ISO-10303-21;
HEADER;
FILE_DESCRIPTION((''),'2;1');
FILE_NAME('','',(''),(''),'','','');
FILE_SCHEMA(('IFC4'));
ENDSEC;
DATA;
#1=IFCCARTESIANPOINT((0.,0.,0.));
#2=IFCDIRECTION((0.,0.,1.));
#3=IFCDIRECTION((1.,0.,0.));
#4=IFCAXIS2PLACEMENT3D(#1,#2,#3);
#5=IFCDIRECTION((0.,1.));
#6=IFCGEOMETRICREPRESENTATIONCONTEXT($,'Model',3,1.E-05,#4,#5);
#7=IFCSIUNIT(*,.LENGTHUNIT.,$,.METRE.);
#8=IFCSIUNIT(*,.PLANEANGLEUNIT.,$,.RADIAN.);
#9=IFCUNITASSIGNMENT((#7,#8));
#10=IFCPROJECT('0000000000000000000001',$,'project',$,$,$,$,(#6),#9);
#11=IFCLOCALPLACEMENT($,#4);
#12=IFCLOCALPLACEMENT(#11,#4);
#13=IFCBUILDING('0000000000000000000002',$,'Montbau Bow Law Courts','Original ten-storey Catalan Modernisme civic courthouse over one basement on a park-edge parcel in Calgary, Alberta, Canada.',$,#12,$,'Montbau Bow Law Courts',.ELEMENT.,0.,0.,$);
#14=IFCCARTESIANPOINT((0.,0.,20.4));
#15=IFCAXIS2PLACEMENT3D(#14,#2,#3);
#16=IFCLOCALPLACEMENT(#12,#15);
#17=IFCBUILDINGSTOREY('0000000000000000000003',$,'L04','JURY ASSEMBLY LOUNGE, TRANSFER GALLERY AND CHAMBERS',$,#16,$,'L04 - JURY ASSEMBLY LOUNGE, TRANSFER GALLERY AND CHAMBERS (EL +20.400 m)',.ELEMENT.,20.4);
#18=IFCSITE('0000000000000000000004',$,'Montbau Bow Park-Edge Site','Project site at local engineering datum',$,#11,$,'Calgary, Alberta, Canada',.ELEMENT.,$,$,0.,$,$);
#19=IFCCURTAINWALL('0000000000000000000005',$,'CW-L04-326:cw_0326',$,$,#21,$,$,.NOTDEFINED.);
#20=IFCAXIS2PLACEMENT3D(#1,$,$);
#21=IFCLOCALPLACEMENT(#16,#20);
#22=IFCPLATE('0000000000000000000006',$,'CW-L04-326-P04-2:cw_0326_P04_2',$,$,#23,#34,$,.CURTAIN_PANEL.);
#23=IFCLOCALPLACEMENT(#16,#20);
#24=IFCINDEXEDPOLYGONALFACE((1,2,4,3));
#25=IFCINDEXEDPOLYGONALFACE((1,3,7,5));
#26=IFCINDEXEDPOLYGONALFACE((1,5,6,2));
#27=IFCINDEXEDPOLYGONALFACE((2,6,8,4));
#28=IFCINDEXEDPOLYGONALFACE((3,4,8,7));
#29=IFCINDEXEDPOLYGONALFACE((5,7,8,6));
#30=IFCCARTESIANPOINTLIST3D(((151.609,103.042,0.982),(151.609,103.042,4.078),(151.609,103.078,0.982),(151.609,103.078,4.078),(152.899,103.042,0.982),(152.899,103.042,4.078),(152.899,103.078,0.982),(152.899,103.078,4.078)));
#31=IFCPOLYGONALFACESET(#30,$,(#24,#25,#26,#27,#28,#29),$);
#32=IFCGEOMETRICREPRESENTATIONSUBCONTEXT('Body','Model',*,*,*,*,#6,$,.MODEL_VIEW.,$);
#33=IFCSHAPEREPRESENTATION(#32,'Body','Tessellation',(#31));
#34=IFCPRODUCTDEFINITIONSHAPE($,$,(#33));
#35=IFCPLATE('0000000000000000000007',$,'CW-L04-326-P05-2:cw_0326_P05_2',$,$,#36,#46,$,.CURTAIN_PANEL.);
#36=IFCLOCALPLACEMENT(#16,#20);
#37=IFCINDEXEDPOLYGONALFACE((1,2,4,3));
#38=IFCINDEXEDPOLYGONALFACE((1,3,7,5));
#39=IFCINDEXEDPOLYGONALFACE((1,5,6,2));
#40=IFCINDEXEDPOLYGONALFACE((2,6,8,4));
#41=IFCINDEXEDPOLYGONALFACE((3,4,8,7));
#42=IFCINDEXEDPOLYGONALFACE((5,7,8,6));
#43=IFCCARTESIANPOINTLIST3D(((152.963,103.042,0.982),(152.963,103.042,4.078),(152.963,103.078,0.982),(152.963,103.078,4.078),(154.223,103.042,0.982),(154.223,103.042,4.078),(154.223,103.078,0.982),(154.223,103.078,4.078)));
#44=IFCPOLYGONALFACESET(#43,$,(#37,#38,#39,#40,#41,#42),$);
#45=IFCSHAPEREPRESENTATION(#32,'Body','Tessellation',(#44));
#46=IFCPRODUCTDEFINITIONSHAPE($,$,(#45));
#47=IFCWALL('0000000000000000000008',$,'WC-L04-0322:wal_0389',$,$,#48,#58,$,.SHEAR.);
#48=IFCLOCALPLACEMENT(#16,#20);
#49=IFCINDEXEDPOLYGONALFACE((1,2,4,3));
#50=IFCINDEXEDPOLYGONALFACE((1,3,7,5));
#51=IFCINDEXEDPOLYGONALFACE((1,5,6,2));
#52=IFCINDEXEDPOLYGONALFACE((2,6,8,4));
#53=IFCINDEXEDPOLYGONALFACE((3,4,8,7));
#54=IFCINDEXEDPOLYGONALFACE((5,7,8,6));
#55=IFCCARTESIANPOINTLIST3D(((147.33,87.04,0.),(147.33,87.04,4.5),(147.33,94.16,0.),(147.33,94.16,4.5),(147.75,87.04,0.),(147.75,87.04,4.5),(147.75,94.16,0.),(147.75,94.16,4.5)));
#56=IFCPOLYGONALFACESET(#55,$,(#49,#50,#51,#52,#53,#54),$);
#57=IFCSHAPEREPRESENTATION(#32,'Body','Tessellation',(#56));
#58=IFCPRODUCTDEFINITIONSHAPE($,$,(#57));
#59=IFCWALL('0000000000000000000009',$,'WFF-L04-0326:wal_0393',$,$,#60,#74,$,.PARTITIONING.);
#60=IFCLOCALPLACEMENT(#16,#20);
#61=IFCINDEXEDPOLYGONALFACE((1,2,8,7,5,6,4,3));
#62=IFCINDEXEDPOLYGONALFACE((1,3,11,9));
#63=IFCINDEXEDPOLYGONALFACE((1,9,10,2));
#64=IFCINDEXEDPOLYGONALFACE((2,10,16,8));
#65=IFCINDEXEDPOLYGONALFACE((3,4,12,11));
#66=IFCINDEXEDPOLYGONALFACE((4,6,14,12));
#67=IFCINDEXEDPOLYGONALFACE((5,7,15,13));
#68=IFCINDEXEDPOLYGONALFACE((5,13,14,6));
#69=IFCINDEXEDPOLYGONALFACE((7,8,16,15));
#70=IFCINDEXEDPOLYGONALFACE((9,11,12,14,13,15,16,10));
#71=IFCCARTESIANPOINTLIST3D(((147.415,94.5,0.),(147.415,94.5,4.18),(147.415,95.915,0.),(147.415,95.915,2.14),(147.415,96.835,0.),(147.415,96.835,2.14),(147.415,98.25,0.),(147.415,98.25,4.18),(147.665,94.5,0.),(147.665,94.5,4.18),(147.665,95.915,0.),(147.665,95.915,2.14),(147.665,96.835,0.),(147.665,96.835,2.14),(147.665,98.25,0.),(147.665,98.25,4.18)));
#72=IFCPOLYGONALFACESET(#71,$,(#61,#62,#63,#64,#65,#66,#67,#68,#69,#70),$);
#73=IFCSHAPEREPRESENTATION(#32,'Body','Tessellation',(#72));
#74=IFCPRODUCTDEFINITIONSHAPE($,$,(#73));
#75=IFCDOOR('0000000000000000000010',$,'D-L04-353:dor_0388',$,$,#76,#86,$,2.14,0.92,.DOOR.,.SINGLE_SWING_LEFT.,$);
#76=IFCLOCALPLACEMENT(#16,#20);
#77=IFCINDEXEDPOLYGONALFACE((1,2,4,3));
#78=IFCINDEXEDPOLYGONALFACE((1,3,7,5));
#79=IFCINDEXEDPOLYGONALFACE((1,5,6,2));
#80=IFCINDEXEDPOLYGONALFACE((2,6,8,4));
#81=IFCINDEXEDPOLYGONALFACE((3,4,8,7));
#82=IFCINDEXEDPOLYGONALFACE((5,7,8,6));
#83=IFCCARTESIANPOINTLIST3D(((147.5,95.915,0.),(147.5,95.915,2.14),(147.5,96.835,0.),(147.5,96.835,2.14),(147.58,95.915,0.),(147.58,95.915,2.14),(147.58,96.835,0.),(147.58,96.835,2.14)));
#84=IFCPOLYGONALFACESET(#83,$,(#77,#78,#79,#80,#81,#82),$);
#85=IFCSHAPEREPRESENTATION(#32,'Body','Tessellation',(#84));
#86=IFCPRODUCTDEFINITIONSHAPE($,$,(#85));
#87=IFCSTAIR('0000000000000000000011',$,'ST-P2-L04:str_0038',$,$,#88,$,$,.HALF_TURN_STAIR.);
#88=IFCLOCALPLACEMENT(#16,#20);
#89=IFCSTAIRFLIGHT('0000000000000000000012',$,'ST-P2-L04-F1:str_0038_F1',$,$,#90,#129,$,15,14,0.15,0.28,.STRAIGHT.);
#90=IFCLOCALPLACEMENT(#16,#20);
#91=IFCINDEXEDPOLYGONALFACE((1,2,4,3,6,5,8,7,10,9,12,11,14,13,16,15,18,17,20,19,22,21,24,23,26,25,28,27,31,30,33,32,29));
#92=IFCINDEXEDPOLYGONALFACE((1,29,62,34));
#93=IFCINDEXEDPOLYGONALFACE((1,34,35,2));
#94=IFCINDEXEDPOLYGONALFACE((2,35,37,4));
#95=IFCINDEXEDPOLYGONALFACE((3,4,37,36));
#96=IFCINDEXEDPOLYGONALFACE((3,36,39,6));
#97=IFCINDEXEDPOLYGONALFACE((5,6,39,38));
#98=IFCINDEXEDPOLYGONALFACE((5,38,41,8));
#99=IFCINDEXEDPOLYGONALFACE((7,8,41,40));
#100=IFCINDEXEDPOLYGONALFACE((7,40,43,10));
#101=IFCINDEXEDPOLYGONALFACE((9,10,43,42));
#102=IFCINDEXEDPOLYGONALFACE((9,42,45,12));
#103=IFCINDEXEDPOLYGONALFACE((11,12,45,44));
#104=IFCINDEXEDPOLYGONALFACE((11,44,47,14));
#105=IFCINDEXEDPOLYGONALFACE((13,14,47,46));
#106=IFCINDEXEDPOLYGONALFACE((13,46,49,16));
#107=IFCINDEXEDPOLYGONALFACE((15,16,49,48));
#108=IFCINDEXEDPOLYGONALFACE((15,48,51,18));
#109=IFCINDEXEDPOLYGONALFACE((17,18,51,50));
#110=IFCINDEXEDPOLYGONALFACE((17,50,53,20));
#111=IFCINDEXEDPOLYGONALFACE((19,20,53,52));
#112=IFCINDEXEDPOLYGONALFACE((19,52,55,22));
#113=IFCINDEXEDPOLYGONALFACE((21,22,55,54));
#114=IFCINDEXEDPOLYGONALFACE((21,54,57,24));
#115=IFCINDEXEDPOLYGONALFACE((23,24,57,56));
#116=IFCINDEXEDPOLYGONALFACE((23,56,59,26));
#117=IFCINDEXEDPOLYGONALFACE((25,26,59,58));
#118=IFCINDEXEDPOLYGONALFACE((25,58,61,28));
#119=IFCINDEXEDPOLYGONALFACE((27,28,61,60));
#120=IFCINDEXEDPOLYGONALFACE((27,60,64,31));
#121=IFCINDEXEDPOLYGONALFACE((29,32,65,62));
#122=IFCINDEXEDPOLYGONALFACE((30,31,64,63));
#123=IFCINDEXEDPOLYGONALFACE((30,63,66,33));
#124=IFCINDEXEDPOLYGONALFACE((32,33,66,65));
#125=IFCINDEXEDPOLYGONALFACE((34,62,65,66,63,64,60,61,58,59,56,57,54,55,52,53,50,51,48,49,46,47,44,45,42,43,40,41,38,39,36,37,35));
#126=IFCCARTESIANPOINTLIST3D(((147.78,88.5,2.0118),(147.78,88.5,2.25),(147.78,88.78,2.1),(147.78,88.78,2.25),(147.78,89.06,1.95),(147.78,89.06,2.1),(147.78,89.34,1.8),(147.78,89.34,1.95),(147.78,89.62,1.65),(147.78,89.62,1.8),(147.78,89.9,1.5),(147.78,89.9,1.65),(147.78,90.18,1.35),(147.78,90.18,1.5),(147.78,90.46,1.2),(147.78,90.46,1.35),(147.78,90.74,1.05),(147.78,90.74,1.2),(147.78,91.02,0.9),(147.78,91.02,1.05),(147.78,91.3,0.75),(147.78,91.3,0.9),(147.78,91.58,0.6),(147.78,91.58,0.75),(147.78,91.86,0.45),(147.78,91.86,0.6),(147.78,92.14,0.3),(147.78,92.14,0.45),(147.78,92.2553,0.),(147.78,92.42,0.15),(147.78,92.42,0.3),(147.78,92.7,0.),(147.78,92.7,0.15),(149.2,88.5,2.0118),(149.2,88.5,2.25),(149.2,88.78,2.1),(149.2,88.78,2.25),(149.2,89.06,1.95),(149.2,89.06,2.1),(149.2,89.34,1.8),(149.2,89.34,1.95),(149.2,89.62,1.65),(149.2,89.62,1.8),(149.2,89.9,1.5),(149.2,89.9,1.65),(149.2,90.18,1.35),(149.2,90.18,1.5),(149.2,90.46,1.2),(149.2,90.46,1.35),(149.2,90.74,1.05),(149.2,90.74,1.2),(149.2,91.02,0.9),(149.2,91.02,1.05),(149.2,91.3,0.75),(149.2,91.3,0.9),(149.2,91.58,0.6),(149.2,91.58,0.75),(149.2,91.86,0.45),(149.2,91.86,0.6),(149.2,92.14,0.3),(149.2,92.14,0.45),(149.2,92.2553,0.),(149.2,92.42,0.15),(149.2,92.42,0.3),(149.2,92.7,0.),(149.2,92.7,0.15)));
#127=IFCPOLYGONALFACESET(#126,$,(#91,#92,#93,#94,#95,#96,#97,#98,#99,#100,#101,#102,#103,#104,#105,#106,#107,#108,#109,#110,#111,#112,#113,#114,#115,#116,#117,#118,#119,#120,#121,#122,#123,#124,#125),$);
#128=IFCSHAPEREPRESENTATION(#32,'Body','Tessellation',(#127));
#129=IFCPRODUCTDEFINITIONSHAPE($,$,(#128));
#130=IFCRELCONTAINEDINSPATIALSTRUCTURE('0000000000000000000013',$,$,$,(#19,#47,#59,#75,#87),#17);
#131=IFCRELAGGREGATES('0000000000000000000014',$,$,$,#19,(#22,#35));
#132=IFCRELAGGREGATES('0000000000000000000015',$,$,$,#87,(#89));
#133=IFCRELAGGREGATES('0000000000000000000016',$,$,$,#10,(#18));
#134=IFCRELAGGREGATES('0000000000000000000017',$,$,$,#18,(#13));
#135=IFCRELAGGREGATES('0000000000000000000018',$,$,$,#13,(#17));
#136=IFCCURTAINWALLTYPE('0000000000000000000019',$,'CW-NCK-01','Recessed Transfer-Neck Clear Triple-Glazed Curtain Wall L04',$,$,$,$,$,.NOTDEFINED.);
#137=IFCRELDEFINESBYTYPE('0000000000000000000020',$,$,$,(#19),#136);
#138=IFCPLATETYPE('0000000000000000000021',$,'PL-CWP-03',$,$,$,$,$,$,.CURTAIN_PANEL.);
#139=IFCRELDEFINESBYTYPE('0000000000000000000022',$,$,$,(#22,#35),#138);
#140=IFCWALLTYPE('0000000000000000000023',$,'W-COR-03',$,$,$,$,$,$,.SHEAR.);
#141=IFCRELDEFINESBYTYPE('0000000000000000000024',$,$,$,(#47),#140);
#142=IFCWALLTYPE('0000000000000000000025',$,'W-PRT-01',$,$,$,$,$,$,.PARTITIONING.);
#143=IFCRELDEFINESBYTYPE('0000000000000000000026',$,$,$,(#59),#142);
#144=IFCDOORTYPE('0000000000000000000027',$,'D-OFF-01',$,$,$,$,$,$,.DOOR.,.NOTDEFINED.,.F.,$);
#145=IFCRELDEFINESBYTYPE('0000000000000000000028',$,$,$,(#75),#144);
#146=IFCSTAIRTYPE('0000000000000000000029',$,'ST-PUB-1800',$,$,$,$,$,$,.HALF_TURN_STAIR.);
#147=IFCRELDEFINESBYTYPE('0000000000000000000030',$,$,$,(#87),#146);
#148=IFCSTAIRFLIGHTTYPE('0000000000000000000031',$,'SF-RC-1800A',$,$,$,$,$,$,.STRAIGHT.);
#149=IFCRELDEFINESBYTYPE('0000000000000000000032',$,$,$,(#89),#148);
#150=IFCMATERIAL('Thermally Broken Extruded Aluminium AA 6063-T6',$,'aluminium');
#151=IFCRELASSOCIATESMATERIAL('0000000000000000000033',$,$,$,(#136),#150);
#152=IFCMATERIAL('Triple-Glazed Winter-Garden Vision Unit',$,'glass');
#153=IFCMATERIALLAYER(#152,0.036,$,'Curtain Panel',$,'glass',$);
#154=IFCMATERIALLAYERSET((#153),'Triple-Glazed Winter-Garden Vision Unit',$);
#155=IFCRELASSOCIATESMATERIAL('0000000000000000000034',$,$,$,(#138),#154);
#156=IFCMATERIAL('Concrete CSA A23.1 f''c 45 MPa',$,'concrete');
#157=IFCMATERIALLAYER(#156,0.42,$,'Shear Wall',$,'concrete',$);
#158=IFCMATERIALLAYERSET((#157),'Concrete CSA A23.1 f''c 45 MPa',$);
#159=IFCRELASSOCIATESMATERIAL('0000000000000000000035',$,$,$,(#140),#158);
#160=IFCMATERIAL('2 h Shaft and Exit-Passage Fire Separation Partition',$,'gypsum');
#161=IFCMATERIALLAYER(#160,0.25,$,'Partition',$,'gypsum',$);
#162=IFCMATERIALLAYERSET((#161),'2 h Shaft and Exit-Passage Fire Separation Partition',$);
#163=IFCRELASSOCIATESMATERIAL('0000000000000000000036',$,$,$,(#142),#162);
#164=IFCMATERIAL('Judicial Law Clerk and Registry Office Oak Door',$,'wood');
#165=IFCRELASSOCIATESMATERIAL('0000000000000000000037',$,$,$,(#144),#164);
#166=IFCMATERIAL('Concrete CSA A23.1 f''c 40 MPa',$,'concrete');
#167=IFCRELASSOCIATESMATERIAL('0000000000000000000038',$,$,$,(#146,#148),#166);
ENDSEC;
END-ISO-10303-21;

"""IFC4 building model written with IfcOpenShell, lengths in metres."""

from ifc_helpers import new_model, si_unit, direction, frame, frame_2d, origin_with_axes, place, context, subcontext, project, spatial, polyline, rectangle, outline, extrude, material, layer, layer_set, type_object, element, fill, aggregate, save


model = new_model("IFC4")

# Units and contexts
model_context = context("Model", 3, precision=1e-05, world=origin_with_axes(), true_north=direction((0.0, 1.0)))
body_context = subcontext(model_context, "Body", "Model", "MODEL_VIEW")
ifc_project = project(units=[si_unit("LENGTHUNIT", "METRE"), si_unit("PLANEANGLEUNIT", "RADIAN")], contexts=[model_context])

# Site, building, storey
site_placement = place(None, origin_with_axes())
site = spatial("IfcSite", under=ifc_project, at=site_placement, Name="Montbau Bow Park-Edge Site", Description="Project site at local engineering datum", LongName="Calgary, Alberta, Canada", CompositionType="ELEMENT", RefElevation=0.0)
building_placement = place(site_placement, origin_with_axes())
building = spatial("IfcBuilding", under=site, at=building_placement, Name="Montbau Bow Law Courts", Description="Original ten-storey Catalan Modernisme civic courthouse over one basement on a park-edge parcel in Calgary, Alberta, Canada.", LongName="Montbau Bow Law Courts", CompositionType="ELEMENT", ElevationOfRefHeight=0.0, ElevationOfTerrain=0.0)
storey_placement = place(building_placement, frame((0.0, 0.0, 20.4), z_axis=(0.0, 0.0, 1.0), x_axis=(1.0, 0.0, 0.0)))
storey = spatial("IfcBuildingStorey", under=building, at=storey_placement, Name="L04", Description="JURY ASSEMBLY LOUNGE, TRANSFER GALLERY AND CHAMBERS", LongName="L04 - JURY ASSEMBLY LOUNGE, TRANSFER GALLERY AND CHAMBERS (EL +20.400 m)", CompositionType="ELEMENT", Elevation=20.4)

# Curtain wall, plates
ifc_material_1 = material(Name="Thermally Broken Extruded Aluminium AA 6063-T6", Category="aluminium")
curtain_wall_type = type_object("IfcCurtainWallType", Name="CW-NCK-01", Description="Recessed Transfer-Neck Clear Triple-Glazed Curtain Wall L04", PredefinedType="NOTDEFINED", material=ifc_material_1)
curtain_wall_placement = place(None, frame((147.515, 103.06, 20.4), z_axis=(0.0, 0.0, 1.0), x_axis=(1.0, 0.0, 0.0)))
curtain_wall = element("IfcCurtainWall", 1, at=curtain_wall_placement, inside=storey, type_object=curtain_wall_type, Name="CW-L04-326:cw_0326", PredefinedType="NOTDEFINED")
ifc_material_2 = material(Name="Triple-Glazed Winter-Garden Vision Unit", Category="glass")
ifc_layer_1 = layer(ifc_material_2, 0.036, Name="Curtain Panel", Category="glass")
ifc_layer_set_1 = layer_set([ifc_layer_1], Name="Triple-Glazed Winter-Garden Vision Unit")
plate_type_1 = type_object("IfcPlateType", Name="PL-CWP-03", PredefinedType="CURTAIN_PANEL", material=ifc_layer_set_1)
plate_1_placement = place(None, frame((151.609, 103.06, 21.382), z_axis=(0.0, -1.0, 0.0), x_axis=(1.0, 0.0, 0.0)))
plate_1 = element("IfcPlate", 2, at=plate_1_placement, type_object=plate_type_1, Name="CW-L04-326-P04-2:cw_0326_P04_2", PredefinedType="CURTAIN_PANEL", context=body_context, shape_type="SweptSolid", body=[
    extrude(rectangle(XDim=1.29, YDim=3.096, at=frame_2d((0.645, 1.548), x_axis=(1.0, 0.0))), frame((0.0, 0.0, -0.018), z_axis=(0.0, 0.0, 1.0), x_axis=(1.0, 0.0, 0.0)), (0.0, 0.0, 1.0), 0.036),
])
plate_2_placement = place(None, frame((152.963, 103.06, 21.382), z_axis=(0.0, -1.0, 0.0), x_axis=(1.0, 0.0, 0.0)))
plate_2 = element("IfcPlate", 3, at=plate_2_placement, type_object=plate_type_1, Name="CW-L04-326-P05-2:cw_0326_P05_2", PredefinedType="CURTAIN_PANEL", context=body_context, shape_type="SweptSolid", body=[
    extrude(rectangle(XDim=1.26, YDim=3.096, at=frame_2d((0.63, 1.548), x_axis=(1.0, 0.0))), frame((0.0, 0.0, -0.018), z_axis=(0.0, 0.0, 1.0), x_axis=(1.0, 0.0, 0.0)), (0.0, 0.0, 1.0), 0.036),
])
aggregate(curtain_wall, [plate_1, plate_2])

# Wall
ifc_material_3 = material(Name="Concrete CSA A23.1 f'c 45 MPa", Category="concrete")
ifc_layer_2 = layer(ifc_material_3, 0.42, Name="Shear Wall", Category="concrete")
ifc_layer_set_2 = layer_set([ifc_layer_2], Name="Concrete CSA A23.1 f'c 45 MPa")
wall_type_1 = type_object("IfcWallType", Name="W-COR-03", PredefinedType="SHEAR", material=ifc_layer_set_2)
wall_1_placement = place(None, frame((147.54, 94.16, 20.4), z_axis=(0.0, 0.0, 1.0), x_axis=(0.0, -1.0, 0.0)))
element("IfcWall", 4, at=wall_1_placement, inside=storey, type_object=wall_type_1, Name="WC-L04-0322:wal_0389", PredefinedType="SHEAR", context=body_context, shape_type="SweptSolid", body=[
    extrude(rectangle(XDim=7.12, YDim=0.42, at=frame_2d((3.56, 0.0), x_axis=(1.0, 0.0))), origin_with_axes(), (0.0, 0.0, 1.0), 4.5),
])

# Wall, opening, door
ifc_material_4 = material(Name="2 h Shaft and Exit-Passage Fire Separation Partition", Category="gypsum")
ifc_layer_3 = layer(ifc_material_4, 0.25, Name="Partition", Category="gypsum")
ifc_layer_set_3 = layer_set([ifc_layer_3], Name="2 h Shaft and Exit-Passage Fire Separation Partition")
wall_type_2 = type_object("IfcWallType", Name="W-PRT-01", PredefinedType="PARTITIONING", material=ifc_layer_set_3)
wall_2_placement = place(None, frame((147.54, 94.5, 20.4), z_axis=(0.0, 0.0, 1.0), x_axis=(0.0, 1.0, 0.0)))
wall_2 = element("IfcWall", 5, at=wall_2_placement, inside=storey, type_object=wall_type_2, Name="WFF-L04-0326:wal_0393", PredefinedType="PARTITIONING", context=body_context, shape_type="SweptSolid", body=[
    extrude(rectangle(XDim=3.75, YDim=0.25, at=frame_2d((1.875, 0.0), x_axis=(1.0, 0.0))), origin_with_axes(), (0.0, 0.0, 1.0), 4.18),
])
opening_placement = place(None, frame((147.54, 96.375, 20.4), z_axis=(0.0, 0.0, 1.0), x_axis=(0.0, 1.0, 0.0)))
opening = element("IfcOpeningElement", 6, at=opening_placement, cuts=wall_2, PredefinedType="OPENING", context=body_context, shape_type="SweptSolid", body=[
    extrude(rectangle(XDim=0.92, YDim=2.14, at=frame_2d((0.0, 1.07), x_axis=(1.0, 0.0))), frame((0.0, 0.135, 0.0), z_axis=(0.0, -1.0, 0.0), x_axis=(1.0, 0.0, 0.0)), (0.0, 0.0, 1.0), 0.27),
])
ifc_material_5 = material(Name="Judicial Law Clerk and Registry Office Oak Door", Category="wood")
door_type = type_object("IfcDoorType", Name="D-OFF-01", OperationType="NOTDEFINED", ParameterTakesPrecedence=False, PredefinedType="DOOR", material=ifc_material_5)
door_placement = place(None, frame((147.54, 96.375, 20.4), z_axis=(0.0, 0.0, 1.0), x_axis=(0.0, 1.0, 0.0)))
door = element("IfcDoor", 7, at=door_placement, inside=storey, type_object=door_type, Name="D-L04-353:dor_0388", OperationType="SINGLE_SWING_LEFT", OverallHeight=2.14, OverallWidth=0.92, PredefinedType="DOOR", context=body_context, shape_type="SweptSolid", body=[
    extrude(rectangle(XDim=0.92, YDim=2.14, at=frame_2d((0.0, 1.07), x_axis=(1.0, 0.0))), frame((0.0, 0.04, 0.0), z_axis=(0.0, -1.0, 0.0), x_axis=(1.0, 0.0, 0.0)), (0.0, 0.0, 1.0), 0.08),
])
fill(opening, door)

# Stair, stair flight
ifc_material_6 = material(Name="Concrete CSA A23.1 f'c 40 MPa", Category="concrete")
stair_type = type_object("IfcStairType", Name="ST-PUB-1800", PredefinedType="HALF_TURN_STAIR", material=ifc_material_6)
stair_placement = place(None, frame((148.49, 92.7, 20.4), z_axis=(0.0, 0.0, 1.0), x_axis=(1.0, 0.0, 0.0)))
stair = element("IfcStair", 8, at=stair_placement, inside=storey, type_object=stair_type, Name="ST-P2-L04:str_0038", PredefinedType="HALF_TURN_STAIR")
stair_flight_type = type_object("IfcStairFlightType", Name="SF-RC-1800A", PredefinedType="STRAIGHT", material=ifc_material_6)
stair_flight_placement = place(None, frame((148.49, 92.7, 20.4), z_axis=(0.0, 0.0, 1.0), x_axis=(0.0, -1.0, 0.0)))
stair_flight = element("IfcStairFlight", 9, at=stair_flight_placement, type_object=stair_flight_type, Name="ST-P2-L04-F1:str_0038_F1", NumberOfRisers=15, NumberOfTreads=14, PredefinedType="STRAIGHT", RiserHeight=0.15, TreadLength=0.28, context=body_context, shape_type="SweptSolid", body=[
    extrude(outline(polyline([(0.0, 0.0), (0.0, 0.15), (0.28, 0.15), (0.28, 0.3), (0.56, 0.3), (0.56, 0.45), (0.84, 0.45), (0.84, 0.6), (1.12, 0.6), (1.12, 0.75), (1.4, 0.75), (1.4, 0.9), (1.68, 0.9), (1.68, 1.05), (1.96, 1.05), (1.96, 1.2), (2.24, 1.2), (2.24, 1.35), (2.52, 1.35), (2.52, 1.5), (2.8, 1.5), (2.8, 1.65), (3.08, 1.65), (3.08, 1.8), (3.36, 1.8), (3.36, 1.95), (3.64, 1.95), (3.64, 2.1), (3.92, 2.1), (3.92, 2.25), (4.2, 2.25), (4.2, 2.0118), (0.4447, 0.0), (0.0, 0.0)])), frame((0.0, 0.71, 0.0), z_axis=(0.0, -1.0, 0.0), x_axis=(1.0, 0.0, 0.0)), (0.0, 0.0, 1.0), 1.42),
])
aggregate(stair, [stair_flight])

save(model, "model.ifc")
